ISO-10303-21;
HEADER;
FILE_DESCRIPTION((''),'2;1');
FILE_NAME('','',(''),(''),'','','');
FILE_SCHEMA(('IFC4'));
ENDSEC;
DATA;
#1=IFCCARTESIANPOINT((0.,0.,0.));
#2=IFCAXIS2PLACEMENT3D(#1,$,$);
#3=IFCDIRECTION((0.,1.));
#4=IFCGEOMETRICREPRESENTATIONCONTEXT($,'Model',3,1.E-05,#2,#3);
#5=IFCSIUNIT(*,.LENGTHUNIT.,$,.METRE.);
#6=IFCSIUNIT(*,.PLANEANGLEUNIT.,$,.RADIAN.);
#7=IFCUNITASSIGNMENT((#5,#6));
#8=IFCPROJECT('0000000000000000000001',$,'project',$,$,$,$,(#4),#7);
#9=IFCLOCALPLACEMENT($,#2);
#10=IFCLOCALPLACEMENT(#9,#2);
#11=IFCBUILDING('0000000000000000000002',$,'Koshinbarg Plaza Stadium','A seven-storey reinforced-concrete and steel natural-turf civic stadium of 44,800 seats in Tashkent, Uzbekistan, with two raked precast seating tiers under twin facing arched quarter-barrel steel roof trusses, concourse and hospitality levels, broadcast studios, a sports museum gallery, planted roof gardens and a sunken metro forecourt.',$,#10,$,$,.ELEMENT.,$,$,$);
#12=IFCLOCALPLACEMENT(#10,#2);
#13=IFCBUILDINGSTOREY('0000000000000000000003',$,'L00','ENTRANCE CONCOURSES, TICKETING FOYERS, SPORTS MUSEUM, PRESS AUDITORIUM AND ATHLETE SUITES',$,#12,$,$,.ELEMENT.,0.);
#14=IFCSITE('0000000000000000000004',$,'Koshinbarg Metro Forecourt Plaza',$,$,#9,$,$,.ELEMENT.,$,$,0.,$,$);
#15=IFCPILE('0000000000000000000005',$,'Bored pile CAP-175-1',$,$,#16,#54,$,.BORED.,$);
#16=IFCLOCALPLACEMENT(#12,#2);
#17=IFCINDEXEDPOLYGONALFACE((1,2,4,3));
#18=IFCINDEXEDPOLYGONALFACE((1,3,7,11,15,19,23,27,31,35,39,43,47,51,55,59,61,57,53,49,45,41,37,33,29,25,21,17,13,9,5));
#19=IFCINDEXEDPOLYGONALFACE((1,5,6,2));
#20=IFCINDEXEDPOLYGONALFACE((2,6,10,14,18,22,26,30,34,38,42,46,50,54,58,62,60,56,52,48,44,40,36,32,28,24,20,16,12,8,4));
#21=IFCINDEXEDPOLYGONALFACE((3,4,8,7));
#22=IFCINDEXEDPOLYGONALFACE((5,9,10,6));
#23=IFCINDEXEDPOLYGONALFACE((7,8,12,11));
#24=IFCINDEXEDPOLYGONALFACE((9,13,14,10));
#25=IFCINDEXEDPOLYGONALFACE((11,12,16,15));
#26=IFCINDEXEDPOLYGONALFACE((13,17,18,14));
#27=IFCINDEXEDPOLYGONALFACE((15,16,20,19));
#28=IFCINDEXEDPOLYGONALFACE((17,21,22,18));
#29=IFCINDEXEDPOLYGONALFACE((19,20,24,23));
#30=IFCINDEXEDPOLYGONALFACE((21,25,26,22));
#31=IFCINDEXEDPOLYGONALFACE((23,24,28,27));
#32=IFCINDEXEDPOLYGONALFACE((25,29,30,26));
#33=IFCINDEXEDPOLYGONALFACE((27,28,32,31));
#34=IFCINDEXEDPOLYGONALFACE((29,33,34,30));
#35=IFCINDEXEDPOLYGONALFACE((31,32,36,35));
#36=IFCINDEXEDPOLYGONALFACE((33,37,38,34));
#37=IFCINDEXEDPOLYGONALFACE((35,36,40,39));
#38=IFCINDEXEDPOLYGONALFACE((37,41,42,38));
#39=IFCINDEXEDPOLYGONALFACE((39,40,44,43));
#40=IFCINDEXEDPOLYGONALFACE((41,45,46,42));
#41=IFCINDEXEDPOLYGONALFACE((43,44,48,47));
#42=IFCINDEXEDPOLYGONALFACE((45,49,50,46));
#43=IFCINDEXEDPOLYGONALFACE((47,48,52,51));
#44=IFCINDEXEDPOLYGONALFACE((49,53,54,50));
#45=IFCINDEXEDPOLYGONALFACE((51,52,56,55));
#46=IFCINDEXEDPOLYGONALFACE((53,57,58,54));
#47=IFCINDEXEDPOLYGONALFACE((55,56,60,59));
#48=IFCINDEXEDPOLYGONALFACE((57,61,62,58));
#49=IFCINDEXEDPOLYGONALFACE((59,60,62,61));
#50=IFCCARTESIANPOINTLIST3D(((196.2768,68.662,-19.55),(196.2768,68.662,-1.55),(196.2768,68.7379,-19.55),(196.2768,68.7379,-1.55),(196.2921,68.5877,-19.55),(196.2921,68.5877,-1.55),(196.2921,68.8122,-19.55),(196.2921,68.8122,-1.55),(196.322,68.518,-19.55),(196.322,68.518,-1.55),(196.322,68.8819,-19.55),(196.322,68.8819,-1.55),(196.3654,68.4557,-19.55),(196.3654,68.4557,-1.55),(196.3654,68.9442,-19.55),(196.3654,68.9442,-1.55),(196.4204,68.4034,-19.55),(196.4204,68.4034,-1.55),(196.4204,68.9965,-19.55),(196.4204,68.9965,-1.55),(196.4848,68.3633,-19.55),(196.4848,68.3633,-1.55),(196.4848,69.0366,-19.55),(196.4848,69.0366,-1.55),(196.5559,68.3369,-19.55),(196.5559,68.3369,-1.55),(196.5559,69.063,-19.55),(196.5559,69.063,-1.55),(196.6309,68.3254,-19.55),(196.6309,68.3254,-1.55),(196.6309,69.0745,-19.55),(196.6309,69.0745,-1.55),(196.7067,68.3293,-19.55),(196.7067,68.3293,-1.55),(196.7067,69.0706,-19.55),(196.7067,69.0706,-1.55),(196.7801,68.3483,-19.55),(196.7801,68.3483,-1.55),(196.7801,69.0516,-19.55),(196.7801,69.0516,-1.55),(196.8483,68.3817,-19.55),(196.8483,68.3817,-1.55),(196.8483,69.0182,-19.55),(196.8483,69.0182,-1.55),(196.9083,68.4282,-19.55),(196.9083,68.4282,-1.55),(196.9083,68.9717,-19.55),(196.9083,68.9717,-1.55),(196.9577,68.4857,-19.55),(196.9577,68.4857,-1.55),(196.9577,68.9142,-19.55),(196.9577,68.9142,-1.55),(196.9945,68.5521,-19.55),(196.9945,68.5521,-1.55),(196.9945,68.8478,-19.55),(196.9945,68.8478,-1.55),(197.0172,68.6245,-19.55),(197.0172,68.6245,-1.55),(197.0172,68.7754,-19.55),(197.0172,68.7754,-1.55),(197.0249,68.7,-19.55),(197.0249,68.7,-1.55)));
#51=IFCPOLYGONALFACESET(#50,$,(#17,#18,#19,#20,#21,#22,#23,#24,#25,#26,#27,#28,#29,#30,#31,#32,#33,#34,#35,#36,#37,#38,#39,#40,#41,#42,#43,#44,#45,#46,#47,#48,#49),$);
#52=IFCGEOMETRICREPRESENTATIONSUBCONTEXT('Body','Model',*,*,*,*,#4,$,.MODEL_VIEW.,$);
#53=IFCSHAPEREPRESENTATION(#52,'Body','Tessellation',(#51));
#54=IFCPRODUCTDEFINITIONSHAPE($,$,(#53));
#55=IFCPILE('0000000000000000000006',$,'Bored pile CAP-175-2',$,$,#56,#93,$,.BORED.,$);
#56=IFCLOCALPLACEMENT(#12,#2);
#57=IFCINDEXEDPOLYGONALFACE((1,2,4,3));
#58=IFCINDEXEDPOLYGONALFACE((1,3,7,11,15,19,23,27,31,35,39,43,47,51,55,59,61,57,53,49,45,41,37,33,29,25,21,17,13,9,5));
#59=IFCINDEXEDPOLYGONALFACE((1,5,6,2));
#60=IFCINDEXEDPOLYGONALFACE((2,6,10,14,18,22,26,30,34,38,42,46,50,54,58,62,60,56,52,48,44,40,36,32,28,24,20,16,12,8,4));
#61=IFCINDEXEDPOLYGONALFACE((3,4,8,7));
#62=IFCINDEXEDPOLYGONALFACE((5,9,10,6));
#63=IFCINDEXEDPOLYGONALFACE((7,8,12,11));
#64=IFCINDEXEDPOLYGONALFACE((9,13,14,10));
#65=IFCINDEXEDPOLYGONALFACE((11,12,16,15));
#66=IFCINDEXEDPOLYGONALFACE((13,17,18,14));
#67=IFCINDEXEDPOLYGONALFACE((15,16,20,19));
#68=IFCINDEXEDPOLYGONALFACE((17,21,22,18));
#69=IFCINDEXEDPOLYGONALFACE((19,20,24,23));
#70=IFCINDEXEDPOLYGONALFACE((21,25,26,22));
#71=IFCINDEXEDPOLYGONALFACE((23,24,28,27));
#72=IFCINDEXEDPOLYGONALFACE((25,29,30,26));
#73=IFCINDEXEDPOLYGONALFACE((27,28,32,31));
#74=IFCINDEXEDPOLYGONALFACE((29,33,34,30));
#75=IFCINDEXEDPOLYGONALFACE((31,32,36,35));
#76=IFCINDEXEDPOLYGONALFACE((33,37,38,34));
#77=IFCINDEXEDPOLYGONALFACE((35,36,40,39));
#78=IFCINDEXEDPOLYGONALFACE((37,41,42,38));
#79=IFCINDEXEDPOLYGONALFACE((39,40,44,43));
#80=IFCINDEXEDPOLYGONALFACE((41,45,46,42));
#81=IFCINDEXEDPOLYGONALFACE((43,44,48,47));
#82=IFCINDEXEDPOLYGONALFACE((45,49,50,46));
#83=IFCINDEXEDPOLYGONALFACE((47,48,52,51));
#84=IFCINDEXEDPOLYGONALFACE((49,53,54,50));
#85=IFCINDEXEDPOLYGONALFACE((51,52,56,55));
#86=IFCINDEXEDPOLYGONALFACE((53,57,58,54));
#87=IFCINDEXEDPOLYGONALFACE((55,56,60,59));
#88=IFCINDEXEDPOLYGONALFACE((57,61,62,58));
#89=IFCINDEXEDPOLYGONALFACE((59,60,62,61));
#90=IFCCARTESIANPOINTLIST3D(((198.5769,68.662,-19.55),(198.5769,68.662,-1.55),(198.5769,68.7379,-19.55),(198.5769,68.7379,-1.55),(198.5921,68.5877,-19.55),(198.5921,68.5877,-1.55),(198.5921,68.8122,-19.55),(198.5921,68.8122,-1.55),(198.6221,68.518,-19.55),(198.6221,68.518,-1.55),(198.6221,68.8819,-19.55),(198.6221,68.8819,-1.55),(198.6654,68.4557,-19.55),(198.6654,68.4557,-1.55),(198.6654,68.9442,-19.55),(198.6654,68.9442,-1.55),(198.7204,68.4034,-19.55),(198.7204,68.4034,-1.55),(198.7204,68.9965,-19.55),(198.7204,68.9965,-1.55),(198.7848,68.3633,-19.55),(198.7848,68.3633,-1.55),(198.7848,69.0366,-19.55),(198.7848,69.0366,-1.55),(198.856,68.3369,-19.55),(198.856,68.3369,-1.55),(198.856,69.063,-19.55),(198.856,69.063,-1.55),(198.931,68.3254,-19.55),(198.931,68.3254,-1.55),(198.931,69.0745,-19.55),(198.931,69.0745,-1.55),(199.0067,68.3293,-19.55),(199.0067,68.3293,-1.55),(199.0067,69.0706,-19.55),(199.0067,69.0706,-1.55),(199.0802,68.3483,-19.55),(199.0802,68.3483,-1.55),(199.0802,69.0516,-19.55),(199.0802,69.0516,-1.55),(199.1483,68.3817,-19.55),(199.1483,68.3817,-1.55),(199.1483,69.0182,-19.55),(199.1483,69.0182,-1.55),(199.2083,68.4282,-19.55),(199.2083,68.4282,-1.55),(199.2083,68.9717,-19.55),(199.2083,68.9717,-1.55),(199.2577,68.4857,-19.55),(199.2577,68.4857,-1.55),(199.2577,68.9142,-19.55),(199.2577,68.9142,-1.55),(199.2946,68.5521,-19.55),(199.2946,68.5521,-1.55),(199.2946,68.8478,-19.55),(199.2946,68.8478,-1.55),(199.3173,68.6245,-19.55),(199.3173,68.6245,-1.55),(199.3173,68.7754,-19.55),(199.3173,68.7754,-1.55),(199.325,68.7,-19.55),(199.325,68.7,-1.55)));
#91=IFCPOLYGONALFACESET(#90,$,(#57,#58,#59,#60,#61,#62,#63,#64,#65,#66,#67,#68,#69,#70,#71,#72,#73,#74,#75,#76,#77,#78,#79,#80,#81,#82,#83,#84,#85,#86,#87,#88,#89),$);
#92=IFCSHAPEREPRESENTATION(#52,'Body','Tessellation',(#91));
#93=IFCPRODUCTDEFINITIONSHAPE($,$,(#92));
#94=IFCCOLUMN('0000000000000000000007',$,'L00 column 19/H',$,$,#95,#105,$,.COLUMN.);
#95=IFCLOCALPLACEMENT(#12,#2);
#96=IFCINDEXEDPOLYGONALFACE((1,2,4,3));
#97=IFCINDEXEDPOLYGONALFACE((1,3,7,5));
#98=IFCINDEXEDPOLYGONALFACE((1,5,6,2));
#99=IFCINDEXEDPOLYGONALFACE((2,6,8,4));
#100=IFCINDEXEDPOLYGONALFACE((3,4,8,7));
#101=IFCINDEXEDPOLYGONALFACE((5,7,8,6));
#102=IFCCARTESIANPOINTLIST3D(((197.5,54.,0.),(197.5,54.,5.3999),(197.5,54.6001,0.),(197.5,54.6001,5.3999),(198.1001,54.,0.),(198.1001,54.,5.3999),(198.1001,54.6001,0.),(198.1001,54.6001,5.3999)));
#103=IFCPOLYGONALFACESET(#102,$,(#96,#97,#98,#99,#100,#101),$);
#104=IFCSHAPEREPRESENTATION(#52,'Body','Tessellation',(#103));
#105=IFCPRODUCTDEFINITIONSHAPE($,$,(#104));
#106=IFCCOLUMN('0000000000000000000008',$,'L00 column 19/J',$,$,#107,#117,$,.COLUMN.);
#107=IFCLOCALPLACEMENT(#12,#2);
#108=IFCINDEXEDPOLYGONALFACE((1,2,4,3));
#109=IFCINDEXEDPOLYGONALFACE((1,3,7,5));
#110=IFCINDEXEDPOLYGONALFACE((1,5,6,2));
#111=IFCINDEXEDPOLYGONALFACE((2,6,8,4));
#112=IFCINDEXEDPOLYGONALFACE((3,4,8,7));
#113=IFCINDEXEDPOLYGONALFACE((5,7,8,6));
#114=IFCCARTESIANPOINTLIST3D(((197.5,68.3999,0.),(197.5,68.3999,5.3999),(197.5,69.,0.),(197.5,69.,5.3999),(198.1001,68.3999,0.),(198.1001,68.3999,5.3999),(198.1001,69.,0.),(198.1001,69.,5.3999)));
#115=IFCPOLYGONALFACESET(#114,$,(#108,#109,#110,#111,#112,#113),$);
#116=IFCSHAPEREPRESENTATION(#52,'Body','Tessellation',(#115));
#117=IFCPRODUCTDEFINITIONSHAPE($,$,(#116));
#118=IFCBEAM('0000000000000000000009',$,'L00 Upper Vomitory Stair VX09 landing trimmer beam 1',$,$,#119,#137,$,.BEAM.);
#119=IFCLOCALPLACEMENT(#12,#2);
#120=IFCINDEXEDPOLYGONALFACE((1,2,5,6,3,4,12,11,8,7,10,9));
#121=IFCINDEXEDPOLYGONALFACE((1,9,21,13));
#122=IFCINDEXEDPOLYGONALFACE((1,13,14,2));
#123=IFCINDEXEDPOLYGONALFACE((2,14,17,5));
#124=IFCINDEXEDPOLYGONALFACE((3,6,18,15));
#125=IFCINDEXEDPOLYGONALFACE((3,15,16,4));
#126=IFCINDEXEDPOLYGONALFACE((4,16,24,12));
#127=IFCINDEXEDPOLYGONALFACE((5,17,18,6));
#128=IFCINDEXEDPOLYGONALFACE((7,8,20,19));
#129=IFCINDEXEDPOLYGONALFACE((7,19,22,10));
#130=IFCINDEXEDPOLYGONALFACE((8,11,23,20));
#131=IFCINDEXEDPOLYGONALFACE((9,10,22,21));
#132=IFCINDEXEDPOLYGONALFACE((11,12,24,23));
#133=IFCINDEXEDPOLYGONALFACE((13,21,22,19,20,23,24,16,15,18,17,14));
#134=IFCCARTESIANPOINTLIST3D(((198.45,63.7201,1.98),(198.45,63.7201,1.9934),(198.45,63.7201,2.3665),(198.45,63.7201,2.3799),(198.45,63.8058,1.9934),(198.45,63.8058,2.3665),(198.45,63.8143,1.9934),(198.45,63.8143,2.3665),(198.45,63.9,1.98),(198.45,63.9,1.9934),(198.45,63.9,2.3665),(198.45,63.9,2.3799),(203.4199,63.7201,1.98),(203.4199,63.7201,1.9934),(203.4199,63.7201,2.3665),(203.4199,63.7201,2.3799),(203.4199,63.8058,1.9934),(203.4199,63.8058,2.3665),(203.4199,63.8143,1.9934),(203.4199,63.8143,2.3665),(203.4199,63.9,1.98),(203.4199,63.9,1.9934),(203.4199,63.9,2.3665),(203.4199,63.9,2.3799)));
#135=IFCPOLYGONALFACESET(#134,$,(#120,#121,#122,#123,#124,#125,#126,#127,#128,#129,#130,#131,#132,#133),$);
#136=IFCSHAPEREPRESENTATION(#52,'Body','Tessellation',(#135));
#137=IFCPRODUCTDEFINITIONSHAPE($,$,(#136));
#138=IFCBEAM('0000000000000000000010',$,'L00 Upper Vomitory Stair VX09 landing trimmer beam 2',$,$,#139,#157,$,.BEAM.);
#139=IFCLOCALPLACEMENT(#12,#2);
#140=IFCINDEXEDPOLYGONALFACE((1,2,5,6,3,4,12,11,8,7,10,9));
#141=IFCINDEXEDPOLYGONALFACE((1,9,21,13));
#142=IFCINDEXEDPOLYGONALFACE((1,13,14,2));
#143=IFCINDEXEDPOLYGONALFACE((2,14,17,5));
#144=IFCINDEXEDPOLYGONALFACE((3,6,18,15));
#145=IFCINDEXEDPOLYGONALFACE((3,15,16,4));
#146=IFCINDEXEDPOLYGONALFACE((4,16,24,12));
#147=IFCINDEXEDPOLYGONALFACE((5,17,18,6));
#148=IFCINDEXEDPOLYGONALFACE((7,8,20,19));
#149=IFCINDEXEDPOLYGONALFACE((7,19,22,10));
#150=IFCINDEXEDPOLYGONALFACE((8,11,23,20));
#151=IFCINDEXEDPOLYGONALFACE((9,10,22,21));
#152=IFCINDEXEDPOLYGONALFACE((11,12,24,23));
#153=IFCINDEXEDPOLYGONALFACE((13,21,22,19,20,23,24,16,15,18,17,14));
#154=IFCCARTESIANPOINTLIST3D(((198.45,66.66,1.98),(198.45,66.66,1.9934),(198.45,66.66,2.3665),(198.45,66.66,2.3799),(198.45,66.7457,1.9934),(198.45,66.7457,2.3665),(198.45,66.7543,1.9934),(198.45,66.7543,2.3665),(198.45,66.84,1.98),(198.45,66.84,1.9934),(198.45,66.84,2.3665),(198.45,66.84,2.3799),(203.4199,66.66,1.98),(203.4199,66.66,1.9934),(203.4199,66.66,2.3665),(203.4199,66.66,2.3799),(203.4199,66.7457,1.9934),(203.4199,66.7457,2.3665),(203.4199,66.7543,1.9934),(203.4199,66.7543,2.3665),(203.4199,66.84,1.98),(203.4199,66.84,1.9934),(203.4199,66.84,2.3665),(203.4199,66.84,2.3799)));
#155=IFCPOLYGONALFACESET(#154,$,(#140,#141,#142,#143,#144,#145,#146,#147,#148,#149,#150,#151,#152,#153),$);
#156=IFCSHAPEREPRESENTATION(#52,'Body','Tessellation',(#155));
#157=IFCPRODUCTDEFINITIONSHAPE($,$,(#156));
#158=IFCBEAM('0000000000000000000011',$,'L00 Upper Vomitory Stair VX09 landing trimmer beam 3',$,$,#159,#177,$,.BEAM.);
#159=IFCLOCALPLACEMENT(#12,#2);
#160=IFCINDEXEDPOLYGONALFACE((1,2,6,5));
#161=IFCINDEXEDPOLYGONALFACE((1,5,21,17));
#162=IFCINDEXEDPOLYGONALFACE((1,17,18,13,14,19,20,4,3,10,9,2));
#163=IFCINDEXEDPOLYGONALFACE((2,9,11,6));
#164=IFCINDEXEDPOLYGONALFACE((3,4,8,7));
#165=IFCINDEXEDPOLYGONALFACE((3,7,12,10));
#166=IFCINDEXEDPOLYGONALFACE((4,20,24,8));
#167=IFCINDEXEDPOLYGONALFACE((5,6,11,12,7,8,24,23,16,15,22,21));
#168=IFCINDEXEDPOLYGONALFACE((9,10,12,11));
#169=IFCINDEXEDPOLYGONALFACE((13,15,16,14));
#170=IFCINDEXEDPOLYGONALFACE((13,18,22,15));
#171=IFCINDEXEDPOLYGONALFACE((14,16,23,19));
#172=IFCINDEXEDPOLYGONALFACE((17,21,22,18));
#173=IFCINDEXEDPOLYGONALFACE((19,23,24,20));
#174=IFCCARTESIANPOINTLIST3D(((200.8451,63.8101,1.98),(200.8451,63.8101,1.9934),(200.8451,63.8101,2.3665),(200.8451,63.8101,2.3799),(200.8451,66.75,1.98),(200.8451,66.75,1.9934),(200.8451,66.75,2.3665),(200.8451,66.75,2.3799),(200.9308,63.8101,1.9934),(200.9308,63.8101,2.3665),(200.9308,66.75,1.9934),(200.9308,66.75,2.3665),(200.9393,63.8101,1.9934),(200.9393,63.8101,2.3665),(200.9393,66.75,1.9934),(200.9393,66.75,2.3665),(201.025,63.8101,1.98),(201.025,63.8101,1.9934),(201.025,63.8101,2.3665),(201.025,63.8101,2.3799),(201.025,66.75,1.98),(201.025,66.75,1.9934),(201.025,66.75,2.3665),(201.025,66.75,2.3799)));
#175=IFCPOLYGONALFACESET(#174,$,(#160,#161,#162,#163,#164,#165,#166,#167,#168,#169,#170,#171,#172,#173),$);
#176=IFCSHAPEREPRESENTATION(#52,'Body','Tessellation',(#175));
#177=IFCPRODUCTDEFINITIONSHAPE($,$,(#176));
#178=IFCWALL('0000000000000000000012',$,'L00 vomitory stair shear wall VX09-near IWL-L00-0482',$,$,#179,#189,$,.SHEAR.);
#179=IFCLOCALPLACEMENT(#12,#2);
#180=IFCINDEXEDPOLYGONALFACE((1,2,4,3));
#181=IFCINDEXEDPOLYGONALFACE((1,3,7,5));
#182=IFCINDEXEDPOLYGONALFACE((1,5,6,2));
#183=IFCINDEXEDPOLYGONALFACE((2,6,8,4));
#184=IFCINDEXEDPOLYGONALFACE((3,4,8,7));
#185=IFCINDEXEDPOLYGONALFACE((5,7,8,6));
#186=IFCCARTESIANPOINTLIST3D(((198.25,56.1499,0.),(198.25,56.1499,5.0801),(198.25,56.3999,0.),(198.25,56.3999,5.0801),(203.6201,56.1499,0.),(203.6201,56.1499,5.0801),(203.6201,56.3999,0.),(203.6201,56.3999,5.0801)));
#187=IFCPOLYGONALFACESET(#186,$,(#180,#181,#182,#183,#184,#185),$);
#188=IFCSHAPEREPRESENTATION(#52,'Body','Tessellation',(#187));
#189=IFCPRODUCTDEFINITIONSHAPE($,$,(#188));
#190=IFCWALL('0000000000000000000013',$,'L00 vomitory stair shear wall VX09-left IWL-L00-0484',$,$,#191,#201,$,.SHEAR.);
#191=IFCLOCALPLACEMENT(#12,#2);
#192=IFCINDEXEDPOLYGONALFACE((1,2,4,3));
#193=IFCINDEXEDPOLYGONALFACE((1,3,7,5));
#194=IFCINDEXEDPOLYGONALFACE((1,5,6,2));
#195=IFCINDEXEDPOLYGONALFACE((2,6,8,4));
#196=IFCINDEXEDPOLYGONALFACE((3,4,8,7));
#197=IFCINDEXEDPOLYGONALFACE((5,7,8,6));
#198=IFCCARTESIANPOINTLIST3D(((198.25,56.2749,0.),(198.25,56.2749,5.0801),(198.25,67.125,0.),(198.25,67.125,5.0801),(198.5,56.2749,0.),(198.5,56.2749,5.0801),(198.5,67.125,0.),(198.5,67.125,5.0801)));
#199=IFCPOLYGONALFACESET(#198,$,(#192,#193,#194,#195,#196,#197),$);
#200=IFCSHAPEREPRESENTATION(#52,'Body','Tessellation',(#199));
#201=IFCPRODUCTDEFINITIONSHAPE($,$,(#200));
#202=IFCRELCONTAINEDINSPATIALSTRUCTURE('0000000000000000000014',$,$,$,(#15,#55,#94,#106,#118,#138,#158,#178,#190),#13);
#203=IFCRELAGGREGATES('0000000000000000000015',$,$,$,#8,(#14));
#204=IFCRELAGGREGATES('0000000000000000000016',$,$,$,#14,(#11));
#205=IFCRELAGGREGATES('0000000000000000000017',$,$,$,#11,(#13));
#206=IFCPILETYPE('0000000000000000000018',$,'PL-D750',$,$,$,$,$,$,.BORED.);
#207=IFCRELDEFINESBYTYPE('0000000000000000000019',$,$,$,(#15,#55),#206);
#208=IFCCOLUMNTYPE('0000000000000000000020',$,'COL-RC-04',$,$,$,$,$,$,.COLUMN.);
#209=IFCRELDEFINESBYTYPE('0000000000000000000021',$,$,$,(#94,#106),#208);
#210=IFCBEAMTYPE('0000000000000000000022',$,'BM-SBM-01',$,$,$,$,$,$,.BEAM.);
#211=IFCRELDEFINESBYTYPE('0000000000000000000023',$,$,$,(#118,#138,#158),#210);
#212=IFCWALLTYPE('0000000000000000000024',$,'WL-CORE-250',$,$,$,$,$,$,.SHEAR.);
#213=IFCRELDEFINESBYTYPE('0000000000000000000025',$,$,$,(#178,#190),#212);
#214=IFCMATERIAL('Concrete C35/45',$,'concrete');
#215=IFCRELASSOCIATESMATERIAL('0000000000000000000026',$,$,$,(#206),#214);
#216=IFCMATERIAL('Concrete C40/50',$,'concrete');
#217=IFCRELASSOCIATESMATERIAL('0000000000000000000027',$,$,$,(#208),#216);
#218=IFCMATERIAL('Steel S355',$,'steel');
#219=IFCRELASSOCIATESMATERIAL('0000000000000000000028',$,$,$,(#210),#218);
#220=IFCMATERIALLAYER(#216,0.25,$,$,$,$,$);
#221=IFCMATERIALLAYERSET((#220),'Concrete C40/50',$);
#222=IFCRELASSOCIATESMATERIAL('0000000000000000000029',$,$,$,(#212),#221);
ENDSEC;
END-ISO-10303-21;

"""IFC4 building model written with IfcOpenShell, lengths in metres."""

from ifc_helpers import new_model, si_unit, direction, frame, frame_2d, origin, origin_2d, place, context, subcontext, project, spatial, rectangle, circle, i_section, extrude, material, layer, layer_set, material_profile, profile_set, type_object, element, save


model = new_model("IFC4")

# Units and contexts
model_context = context("Model", 3, precision=1e-05, world=origin(), true_north=direction((0.0, 1.0)))
body_context = subcontext(model_context, "Body", "Model", "MODEL_VIEW")
ifc_project = project(units=[si_unit("LENGTHUNIT", "METRE"), si_unit("PLANEANGLEUNIT", "RADIAN")], contexts=[model_context])

# Site, building, storey
site_placement = place(None, origin())
site = spatial("IfcSite", under=ifc_project, at=site_placement, Name="Koshinbarg Metro Forecourt Plaza", CompositionType="ELEMENT", RefElevation=0.0)
building_placement = place(site_placement, origin())
building = spatial("IfcBuilding", under=site, at=building_placement, Name="Koshinbarg Plaza Stadium", Description="A seven-storey reinforced-concrete and steel natural-turf civic stadium of 44,800 seats in Tashkent, Uzbekistan, with two raked precast seating tiers under twin facing arched quarter-barrel steel roof trusses, concourse and hospitality levels, broadcast studios, a sports museum gallery, planted roof gardens and a sunken metro forecourt.", CompositionType="ELEMENT")
storey_placement = place(building_placement, origin())
storey = spatial("IfcBuildingStorey", under=building, at=storey_placement, Name="L00", Description="ENTRANCE CONCOURSES, TICKETING FOYERS, SPORTS MUSEUM, PRESS AUDITORIUM AND ATHLETE SUITES", CompositionType="ELEMENT", Elevation=0.0)

# Shared definitions
ifc_material_1 = material(Name="Concrete C35/45", Category="concrete")

# Piles
ifc_material_profile_1 = material_profile(ifc_material_1, circle(Radius=0.375, at=origin_2d()), Name="PILE D750")
ifc_profile_set_1 = profile_set([ifc_material_profile_1], Name="Concrete C35/45")
pile_type_1 = type_object("IfcPileType", Name="PL-D750", PredefinedType="BORED", material=ifc_profile_set_1)
for number, where, z_axis, x_axis, name in (
    (1, (196.6499, 68.7, -1.55), (0.0, 0.0, -1.0), (1.0, 0.0, 0.0), "Bored pile CAP-175-1"),
    (2, (198.95, 68.7, -1.55), (0.0, 0.0, -1.0), (1.0, 0.0, 0.0), "Bored pile CAP-175-2"),
):
    element("IfcPile", number, at=place(storey_placement, frame(where, z_axis=z_axis, x_axis=x_axis)), inside=storey, type_object=pile_type_1, Name=name, PredefinedType="BORED", context=body_context, shape_type="SweptSolid", body=[
        extrude(circle(Radius=0.375, at=origin_2d()), origin(), (0.0, 0.0, 1.0), 18.0),
    ])

# Columns
ifc_material_2 = material(Name="Concrete C40/50", Category="concrete")
ifc_material_profile_2 = material_profile(ifc_material_2, rectangle(XDim=0.6001, YDim=0.6001, at=origin_2d()), Name="RC 600x600")
ifc_profile_set_2 = profile_set([ifc_material_profile_2], Name="Concrete C40/50")
column_type = type_object("IfcColumnType", Name="COL-RC-04", PredefinedType="COLUMN", material=ifc_profile_set_2)
for number, where, z_axis, x_axis, name in (
    (3, (197.8, 54.3, 0.0), (0.0, 0.0, 1.0), (1.0, 0.0, 0.0), "L00 column 19/H"),
    (4, (197.8, 68.7, 0.0), (0.0, 0.0, 1.0), (1.0, 0.0, 0.0), "L00 column 19/J"),
):
    element("IfcColumn", number, at=place(storey_placement, frame(where, z_axis=z_axis, x_axis=x_axis)), inside=storey, type_object=column_type, Name=name, PredefinedType="COLUMN", context=body_context, shape_type="SweptSolid", body=[
        extrude(rectangle(XDim=0.6001, YDim=0.6001, at=origin_2d()), origin(), (0.0, 0.0, 1.0), 5.3999),
    ])

# Beams
ifc_material_3 = material(Name="Steel S355", Category="steel")
ifc_material_profile_3 = material_profile(ifc_material_3, i_section(OverallWidth=0.1799, OverallDepth=0.3999, WebThickness=0.0085, FlangeThickness=0.0134, at=origin_2d()), Name="IPE 400")
ifc_profile_set_3 = profile_set([ifc_material_profile_3], Name="Steel S355")
beam_type = type_object("IfcBeamType", Name="BM-SBM-01", PredefinedType="BEAM", material=ifc_profile_set_3)
for number, where, z_axis, x_axis, name in (
    (5, (198.45, 63.8101, 2.1799), (1.0, 0.0, 0.0), (0.0, 1.0, 0.0), "L00 Upper Vomitory Stair VX09 landing trimmer beam 1"),
    (6, (198.45, 66.75, 2.1799), (1.0, 0.0, 0.0), (0.0, 1.0, 0.0), "L00 Upper Vomitory Stair VX09 landing trimmer beam 2"),
):
    element("IfcBeam", number, at=place(storey_placement, frame(where, z_axis=z_axis, x_axis=x_axis)), inside=storey, type_object=beam_type, Name=name, PredefinedType="BEAM", context=body_context, shape_type="SweptSolid", body=[
        extrude(i_section(OverallWidth=0.1799, OverallDepth=0.3999, WebThickness=0.0085, FlangeThickness=0.0134, at=origin_2d()), origin(), (0.0, 0.0, 1.0), 4.97),
    ])
beam_placement = place(storey_placement, frame((200.9351, 63.8101, 2.1799), z_axis=(0.0, 1.0, 0.0), x_axis=(-1.0, 0.0, 0.0)))
element("IfcBeam", 7, at=beam_placement, inside=storey, type_object=beam_type, Name="L00 Upper Vomitory Stair VX09 landing trimmer beam 3", PredefinedType="BEAM", context=body_context, shape_type="SweptSolid", body=[
    extrude(i_section(OverallWidth=0.1799, OverallDepth=0.3999, WebThickness=0.0085, FlangeThickness=0.0134, at=origin_2d()), origin(), (0.0, 0.0, 1.0), 2.9399),
])

# Walls
ifc_layer = layer(ifc_material_2, 0.25)
ifc_layer_set = layer_set([ifc_layer], Name="Concrete C40/50")
wall_type = type_object("IfcWallType", Name="WL-CORE-250", PredefinedType="SHEAR", material=ifc_layer_set)
wall_1_placement = place(storey_placement, frame((198.25, 56.2749, 0.0), z_axis=(0.0, 0.0, 1.0), x_axis=(1.0, 0.0, 0.0)))
element("IfcWall", 8, at=wall_1_placement, inside=storey, type_object=wall_type, Name="L00 vomitory stair shear wall VX09-near IWL-L00-0482", PredefinedType="SHEAR", context=body_context, shape_type="SweptSolid", body=[
    extrude(rectangle(XDim=5.3701, YDim=0.25, at=frame_2d((2.6851, 0.0))), origin(), (0.0, 0.0, 1.0), 5.0801),
])
wall_2_placement = place(storey_placement, frame((198.375, 56.2749, 0.0), z_axis=(0.0, 0.0, 1.0), x_axis=(0.0, 1.0, 0.0)))
element("IfcWall", 9, at=wall_2_placement, inside=storey, type_object=wall_type, Name="L00 vomitory stair shear wall VX09-left IWL-L00-0484", PredefinedType="SHEAR", context=body_context, shape_type="SweptSolid", body=[
    extrude(rectangle(XDim=10.8501, YDim=0.25, at=frame_2d((5.425, 0.0))), origin(), (0.0, 0.0, 1.0), 5.0801),
])

save(model, "model.ifc")
